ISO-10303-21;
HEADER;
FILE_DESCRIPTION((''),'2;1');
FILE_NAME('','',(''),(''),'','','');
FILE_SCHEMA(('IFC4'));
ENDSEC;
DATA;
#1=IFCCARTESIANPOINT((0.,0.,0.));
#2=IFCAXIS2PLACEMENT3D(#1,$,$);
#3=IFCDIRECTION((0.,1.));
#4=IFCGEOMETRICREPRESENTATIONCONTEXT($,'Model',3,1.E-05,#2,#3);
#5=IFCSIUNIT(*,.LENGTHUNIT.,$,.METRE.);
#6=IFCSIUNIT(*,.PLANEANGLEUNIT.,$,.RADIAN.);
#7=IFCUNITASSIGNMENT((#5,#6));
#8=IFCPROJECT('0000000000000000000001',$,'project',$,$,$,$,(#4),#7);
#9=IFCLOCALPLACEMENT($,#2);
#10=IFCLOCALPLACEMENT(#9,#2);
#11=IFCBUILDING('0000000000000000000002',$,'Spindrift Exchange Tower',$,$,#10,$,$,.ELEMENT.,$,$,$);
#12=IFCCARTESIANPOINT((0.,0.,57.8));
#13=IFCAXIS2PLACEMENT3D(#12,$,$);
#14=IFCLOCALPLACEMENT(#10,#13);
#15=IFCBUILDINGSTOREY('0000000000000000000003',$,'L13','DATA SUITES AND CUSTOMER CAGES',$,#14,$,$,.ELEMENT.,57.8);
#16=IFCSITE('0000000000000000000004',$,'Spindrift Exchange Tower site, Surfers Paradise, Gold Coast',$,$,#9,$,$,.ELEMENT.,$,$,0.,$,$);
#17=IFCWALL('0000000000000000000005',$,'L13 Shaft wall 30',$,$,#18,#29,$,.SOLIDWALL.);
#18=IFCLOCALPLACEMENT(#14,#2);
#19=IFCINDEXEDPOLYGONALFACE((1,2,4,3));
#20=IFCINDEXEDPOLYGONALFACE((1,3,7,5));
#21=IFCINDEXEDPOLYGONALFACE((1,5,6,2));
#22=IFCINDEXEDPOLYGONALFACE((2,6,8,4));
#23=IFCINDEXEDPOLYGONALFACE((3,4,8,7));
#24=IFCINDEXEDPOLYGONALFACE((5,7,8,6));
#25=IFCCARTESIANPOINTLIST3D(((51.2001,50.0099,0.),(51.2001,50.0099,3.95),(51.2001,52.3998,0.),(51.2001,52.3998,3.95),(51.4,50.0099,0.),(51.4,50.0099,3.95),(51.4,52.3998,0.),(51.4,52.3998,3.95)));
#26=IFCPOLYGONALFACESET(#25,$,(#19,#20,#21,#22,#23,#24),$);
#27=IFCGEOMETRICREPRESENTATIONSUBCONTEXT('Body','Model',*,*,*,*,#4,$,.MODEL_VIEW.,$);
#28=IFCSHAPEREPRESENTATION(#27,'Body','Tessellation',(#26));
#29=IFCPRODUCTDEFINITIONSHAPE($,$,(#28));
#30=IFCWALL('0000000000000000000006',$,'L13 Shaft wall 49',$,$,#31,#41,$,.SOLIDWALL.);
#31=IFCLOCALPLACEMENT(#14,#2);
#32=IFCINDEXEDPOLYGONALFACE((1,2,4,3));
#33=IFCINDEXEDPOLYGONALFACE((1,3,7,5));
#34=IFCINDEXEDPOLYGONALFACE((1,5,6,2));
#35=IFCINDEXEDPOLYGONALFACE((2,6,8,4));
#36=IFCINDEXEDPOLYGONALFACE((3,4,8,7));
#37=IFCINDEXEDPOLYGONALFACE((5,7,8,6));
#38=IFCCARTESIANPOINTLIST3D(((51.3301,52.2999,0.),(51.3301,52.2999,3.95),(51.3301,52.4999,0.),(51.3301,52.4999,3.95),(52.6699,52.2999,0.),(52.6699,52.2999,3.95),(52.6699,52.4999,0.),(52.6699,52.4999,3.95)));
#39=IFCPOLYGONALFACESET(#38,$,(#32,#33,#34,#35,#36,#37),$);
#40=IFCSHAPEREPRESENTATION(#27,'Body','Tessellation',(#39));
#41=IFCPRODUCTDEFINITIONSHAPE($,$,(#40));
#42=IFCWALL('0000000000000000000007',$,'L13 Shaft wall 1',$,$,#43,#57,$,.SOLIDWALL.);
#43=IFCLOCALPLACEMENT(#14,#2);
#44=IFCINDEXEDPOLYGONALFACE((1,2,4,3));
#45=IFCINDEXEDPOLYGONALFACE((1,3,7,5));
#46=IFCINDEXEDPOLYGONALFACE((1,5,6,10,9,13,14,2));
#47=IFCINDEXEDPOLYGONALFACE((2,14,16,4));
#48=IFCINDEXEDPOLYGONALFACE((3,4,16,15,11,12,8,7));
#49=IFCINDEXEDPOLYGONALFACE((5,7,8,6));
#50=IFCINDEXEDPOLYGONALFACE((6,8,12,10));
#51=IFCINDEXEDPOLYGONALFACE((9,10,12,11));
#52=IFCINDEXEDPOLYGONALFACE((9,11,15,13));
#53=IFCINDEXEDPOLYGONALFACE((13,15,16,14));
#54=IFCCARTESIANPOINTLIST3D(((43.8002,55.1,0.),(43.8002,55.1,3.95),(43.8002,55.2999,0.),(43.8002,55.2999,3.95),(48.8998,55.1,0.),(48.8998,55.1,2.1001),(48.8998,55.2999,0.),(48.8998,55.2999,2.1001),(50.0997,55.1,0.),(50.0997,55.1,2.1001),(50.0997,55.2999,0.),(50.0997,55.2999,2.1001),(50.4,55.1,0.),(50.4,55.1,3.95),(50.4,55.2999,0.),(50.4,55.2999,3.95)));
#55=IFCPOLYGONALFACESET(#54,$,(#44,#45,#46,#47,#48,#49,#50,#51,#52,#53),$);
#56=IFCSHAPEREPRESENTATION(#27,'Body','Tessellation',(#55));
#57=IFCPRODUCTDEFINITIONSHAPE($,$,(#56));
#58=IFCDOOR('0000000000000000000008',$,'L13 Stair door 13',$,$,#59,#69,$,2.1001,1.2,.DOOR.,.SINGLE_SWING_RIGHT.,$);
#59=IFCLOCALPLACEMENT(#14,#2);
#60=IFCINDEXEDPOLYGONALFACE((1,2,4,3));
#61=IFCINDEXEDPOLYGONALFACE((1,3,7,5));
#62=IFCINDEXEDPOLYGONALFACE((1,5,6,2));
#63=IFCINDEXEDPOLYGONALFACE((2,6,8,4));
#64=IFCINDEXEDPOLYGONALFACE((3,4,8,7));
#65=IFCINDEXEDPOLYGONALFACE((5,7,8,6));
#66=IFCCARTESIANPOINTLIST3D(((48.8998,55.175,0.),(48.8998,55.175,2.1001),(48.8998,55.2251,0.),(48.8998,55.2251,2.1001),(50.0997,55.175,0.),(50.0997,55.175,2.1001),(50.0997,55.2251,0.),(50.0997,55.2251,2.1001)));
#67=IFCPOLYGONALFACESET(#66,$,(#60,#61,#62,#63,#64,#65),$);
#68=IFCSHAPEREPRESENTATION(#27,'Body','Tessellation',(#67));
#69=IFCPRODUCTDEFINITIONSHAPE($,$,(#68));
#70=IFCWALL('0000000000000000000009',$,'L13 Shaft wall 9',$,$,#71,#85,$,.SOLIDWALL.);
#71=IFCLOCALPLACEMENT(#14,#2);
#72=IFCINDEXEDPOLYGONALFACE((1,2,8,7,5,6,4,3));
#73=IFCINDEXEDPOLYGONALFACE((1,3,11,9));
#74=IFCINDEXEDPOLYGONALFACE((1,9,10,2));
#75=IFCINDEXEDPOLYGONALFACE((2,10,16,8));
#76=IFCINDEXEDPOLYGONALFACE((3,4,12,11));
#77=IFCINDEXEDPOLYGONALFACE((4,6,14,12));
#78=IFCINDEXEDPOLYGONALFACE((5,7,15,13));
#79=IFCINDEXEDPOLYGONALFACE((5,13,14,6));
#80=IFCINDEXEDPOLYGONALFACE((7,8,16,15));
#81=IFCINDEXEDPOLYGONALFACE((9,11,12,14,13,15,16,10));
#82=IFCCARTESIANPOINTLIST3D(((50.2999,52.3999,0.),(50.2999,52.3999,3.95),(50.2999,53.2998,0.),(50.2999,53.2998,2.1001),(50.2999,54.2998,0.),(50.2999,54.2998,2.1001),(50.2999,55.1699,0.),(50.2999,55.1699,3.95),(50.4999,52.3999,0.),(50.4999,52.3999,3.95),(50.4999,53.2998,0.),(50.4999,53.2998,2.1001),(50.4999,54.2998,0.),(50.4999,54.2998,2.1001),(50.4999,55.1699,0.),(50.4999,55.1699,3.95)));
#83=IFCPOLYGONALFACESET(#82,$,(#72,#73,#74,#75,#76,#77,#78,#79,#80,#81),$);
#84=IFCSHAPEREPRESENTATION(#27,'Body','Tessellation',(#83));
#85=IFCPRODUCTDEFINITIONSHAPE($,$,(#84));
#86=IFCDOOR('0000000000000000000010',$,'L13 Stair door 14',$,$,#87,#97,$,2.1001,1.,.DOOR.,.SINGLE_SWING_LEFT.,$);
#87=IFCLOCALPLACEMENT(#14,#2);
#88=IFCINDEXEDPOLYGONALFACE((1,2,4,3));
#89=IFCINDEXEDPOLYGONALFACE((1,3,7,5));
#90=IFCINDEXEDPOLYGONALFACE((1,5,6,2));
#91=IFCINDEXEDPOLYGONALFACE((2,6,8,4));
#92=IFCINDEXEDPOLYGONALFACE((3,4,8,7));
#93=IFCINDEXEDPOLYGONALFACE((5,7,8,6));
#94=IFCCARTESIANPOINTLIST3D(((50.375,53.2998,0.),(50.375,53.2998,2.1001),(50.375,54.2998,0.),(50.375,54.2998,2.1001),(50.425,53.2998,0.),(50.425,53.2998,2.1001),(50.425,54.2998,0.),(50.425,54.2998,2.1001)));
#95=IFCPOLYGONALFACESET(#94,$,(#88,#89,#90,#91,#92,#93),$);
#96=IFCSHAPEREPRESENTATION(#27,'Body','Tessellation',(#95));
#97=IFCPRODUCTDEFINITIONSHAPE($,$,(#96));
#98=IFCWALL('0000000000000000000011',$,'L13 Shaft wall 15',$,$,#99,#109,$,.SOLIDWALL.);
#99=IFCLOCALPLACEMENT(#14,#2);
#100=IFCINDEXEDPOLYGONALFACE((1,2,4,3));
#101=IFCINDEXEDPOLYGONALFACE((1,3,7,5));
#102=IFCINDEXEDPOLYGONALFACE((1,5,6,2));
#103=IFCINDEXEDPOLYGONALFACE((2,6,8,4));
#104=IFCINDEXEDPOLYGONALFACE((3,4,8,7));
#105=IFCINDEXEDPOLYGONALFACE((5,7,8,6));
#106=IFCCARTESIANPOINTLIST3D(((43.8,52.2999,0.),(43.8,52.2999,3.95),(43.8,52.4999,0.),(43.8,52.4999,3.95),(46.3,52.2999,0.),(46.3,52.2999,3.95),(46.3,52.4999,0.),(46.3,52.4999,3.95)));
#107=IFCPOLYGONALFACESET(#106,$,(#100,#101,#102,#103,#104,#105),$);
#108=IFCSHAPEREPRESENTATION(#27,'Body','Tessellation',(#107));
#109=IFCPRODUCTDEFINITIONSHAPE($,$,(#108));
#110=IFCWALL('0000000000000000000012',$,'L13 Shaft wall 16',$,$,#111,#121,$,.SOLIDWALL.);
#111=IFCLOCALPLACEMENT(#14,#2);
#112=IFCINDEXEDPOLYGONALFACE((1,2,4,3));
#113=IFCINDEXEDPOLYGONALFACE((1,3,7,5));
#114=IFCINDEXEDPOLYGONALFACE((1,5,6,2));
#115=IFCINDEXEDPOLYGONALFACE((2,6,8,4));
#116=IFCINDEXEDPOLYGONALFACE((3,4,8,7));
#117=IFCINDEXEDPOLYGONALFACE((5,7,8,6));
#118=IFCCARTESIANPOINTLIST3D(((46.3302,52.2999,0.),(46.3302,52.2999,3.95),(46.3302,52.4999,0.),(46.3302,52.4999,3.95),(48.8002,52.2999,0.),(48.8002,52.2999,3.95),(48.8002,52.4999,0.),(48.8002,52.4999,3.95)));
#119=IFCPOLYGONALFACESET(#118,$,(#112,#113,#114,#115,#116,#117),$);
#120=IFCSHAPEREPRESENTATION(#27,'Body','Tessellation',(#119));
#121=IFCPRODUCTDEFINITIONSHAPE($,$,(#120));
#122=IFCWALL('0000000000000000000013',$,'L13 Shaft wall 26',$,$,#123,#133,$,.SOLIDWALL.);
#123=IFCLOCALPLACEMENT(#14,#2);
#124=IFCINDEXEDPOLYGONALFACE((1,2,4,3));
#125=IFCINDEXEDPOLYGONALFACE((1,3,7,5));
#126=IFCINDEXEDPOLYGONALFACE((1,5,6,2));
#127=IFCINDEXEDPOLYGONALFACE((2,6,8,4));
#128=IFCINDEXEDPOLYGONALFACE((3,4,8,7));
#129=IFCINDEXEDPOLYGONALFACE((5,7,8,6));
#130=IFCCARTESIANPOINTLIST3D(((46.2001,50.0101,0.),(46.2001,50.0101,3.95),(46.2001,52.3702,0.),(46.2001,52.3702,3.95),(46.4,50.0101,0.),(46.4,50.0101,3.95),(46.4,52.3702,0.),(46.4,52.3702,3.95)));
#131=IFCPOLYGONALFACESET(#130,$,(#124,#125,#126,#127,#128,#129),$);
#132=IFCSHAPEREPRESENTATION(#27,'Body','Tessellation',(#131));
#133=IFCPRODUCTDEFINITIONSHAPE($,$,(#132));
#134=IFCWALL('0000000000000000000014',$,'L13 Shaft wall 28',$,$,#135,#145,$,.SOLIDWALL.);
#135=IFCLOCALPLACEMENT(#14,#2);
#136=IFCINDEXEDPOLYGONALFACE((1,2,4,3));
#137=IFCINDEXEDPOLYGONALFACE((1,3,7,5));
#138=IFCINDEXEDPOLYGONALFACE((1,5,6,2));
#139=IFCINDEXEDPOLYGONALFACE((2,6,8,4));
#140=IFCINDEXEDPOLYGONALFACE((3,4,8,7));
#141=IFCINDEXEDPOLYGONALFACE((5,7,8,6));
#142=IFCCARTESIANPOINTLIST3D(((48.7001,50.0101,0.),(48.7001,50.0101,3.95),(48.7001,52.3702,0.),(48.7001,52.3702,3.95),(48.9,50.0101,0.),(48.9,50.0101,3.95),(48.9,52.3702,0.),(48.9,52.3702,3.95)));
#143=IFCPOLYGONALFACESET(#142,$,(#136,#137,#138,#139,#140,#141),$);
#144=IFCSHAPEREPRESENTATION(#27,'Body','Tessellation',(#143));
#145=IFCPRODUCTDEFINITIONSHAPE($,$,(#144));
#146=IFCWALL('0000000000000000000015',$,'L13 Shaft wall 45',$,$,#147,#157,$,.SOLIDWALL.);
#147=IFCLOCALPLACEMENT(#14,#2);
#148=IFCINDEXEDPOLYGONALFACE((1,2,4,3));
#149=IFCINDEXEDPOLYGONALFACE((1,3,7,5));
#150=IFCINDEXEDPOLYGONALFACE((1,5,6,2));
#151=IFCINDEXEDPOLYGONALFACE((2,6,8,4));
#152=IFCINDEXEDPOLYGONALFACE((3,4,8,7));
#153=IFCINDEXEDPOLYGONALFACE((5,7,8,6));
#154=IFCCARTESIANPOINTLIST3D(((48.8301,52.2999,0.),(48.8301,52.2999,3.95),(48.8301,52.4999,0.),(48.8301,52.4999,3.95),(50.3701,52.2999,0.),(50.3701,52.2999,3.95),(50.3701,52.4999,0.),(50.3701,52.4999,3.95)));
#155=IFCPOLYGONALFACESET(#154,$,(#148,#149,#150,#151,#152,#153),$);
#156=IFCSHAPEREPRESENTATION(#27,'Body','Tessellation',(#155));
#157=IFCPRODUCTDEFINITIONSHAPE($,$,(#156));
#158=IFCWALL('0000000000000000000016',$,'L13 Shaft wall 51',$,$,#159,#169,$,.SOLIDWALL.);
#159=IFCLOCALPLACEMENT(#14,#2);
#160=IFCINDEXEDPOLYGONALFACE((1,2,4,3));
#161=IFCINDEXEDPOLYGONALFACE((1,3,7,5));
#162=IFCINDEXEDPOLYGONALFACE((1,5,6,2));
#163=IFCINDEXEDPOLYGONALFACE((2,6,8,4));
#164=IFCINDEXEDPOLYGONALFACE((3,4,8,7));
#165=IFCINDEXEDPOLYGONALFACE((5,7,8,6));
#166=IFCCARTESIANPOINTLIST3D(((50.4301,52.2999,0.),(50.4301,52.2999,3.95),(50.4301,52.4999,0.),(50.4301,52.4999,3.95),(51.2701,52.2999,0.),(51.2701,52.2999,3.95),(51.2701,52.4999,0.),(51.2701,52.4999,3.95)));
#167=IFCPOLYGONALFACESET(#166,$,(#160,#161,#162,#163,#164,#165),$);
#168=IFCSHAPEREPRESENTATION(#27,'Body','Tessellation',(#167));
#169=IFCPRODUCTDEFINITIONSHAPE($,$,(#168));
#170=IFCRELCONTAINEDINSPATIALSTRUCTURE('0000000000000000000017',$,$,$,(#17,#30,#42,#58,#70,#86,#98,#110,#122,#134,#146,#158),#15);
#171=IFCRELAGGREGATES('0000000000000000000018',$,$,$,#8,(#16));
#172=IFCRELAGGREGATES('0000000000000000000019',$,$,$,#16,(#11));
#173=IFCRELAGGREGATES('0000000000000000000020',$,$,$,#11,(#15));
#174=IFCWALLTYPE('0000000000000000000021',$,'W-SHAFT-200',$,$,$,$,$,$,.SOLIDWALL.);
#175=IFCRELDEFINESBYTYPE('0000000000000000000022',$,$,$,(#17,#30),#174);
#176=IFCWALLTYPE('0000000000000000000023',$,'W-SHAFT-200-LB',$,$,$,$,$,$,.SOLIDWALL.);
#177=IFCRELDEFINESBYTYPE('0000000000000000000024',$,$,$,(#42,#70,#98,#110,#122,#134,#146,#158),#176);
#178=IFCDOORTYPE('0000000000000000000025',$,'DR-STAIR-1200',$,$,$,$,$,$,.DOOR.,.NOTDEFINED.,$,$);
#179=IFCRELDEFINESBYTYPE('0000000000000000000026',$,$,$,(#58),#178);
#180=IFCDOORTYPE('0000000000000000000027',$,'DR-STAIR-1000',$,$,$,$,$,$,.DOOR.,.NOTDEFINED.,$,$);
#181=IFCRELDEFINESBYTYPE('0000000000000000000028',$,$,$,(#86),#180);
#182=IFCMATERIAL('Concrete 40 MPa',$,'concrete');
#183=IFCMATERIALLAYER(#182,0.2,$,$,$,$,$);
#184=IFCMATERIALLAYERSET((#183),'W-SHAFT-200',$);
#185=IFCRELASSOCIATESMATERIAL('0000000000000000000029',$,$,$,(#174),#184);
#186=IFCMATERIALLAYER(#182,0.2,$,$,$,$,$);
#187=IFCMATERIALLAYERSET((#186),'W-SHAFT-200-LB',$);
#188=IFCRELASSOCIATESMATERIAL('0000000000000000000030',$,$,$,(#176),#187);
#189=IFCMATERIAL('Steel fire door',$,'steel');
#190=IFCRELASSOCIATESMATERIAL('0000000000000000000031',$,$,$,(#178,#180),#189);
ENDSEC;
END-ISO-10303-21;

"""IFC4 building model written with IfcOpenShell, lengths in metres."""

from ifc_helpers import new_model, si_unit, direction, frame, frame_2d, origin, place, context, subcontext, project, spatial, rectangle, extrude, source, transform, mapped, material, layer, layer_set, type_object, element, fill, save


model = new_model("IFC4")

# Units and contexts
model_context = context("Model", 3, precision=1e-05, world=origin(), true_north=direction((0.0, 1.0)))
body_context = subcontext(model_context, "Body", "Model", "MODEL_VIEW")
ifc_project = project(units=[si_unit("LENGTHUNIT", "METRE"), si_unit("PLANEANGLEUNIT", "RADIAN")], contexts=[model_context])

# Site, building, storey
site_placement = place(None, origin())
site = spatial("IfcSite", under=ifc_project, at=site_placement, Name="Spindrift Exchange Tower site, Surfers Paradise, Gold Coast", CompositionType="ELEMENT", RefElevation=0.0)
building_placement = place(site_placement, origin())
building = spatial("IfcBuilding", under=site, at=building_placement, Name="Spindrift Exchange Tower", CompositionType="ELEMENT")
storey_placement = place(building_placement, frame((0.0, 0.0, 57.8)))
storey = spatial("IfcBuildingStorey", under=building, at=storey_placement, Name="L13", Description="DATA SUITES AND CUSTOMER CAGES", CompositionType="ELEMENT", Elevation=57.8)

# Walls
ifc_material_1 = material(Name="Concrete 40 MPa", Category="concrete")
ifc_layer_1 = layer(ifc_material_1, 0.2)
ifc_layer_set_1 = layer_set([ifc_layer_1], Name="W-SHAFT-200")
wall_type_1 = type_object("IfcWallType", Name="W-SHAFT-200", PredefinedType="SOLIDWALL", material=ifc_layer_set_1)
wall_1_placement = place(storey_placement, frame((51.3, 50.01, 0.0), z_axis=(0.0, 0.0, 1.0), x_axis=(0.0, 1.0, 0.0)))
element("IfcWall", 1, at=wall_1_placement, inside=storey, type_object=wall_type_1, Name="L13 Shaft wall 30", PredefinedType="SOLIDWALL", context=body_context, shape_type="SweptSolid", body=[
    extrude(rectangle(XDim=2.3899, YDim=0.2, at=frame_2d((1.1948, 0.0))), origin(), (0.0, 0.0, 1.0), 3.95),
])
wall_2_placement = place(storey_placement, frame((51.3301, 52.3999, 0.0), z_axis=(0.0, 0.0, 1.0), x_axis=(1.0, 0.0, 0.0)))
element("IfcWall", 2, at=wall_2_placement, inside=storey, type_object=wall_type_1, Name="L13 Shaft wall 49", PredefinedType="SOLIDWALL", context=body_context, shape_type="SweptSolid", body=[
    extrude(rectangle(XDim=1.3398, YDim=0.2, at=frame_2d((0.6699, 0.0))), origin(), (0.0, 0.0, 1.0), 3.95),
])

# Walls, openings, doors
ifc_layer_2 = layer(ifc_material_1, 0.2)
ifc_layer_set_2 = layer_set([ifc_layer_2], Name="W-SHAFT-200-LB")
wall_type_2 = type_object("IfcWallType", Name="W-SHAFT-200-LB", PredefinedType="SOLIDWALL", material=ifc_layer_set_2)
wall_3_placement = place(storey_placement, frame((50.3999, 55.2, 0.0), z_axis=(0.0, 0.0, 1.0), x_axis=(-1.0, 0.0, 0.0)))
wall_3 = element("IfcWall", 3, at=wall_3_placement, inside=storey, type_object=wall_type_2, Name="L13 Shaft wall 1", PredefinedType="SOLIDWALL", context=body_context, shape_type="SweptSolid", body=[
    extrude(rectangle(XDim=6.5999, YDim=0.2, at=frame_2d((3.2998, 0.0))), origin(), (0.0, 0.0, 1.0), 3.95),
])
opening_1_placement = place(wall_3_placement, frame((0.3, 0.0, 0.0)))
opening_1 = element("IfcOpeningElement", 4, at=opening_1_placement, cuts=wall_3, PredefinedType="OPENING", context=body_context, shape_type="SweptSolid", body=[
    extrude(rectangle(XDim=1.2, YDim=2.1001, at=frame_2d((0.6001, 1.05))), frame((0.0, 0.1099, 0.0), z_axis=(0.0, -1.0, 0.0), x_axis=(1.0, 0.0, 0.0)), (0.0, 0.0, 1.0), 0.22),
])
ifc_material_2 = material(Name="Steel fire door", Category="steel")
door_type_1 = type_object("IfcDoorType", Name="DR-STAIR-1200", OperationType="NOTDEFINED", PredefinedType="DOOR", material=ifc_material_2)
shared_shape_1 = source(origin(), body_context, "Body", "SweptSolid", [
    extrude(rectangle(XDim=1.2, YDim=2.1001, at=frame_2d((0.6001, 1.05))), frame((0.0, 0.0249, 0.0), z_axis=(0.0, -1.0, 0.0), x_axis=(1.0, 0.0, 0.0)), (0.0, 0.0, 1.0), 0.05),
])
door_1_placement = place(opening_1_placement, origin())
door_1 = element("IfcDoor", 5, at=door_1_placement, inside=storey, type_object=door_type_1, Name="L13 Stair door 13", OperationType="SINGLE_SWING_RIGHT", OverallHeight=2.1001, OverallWidth=1.2, PredefinedType="DOOR", context=body_context, shape_type="MappedRepresentation", body=[
    mapped(shared_shape_1, transform((0.0, 0.0, 0.0), scale=1.0)),
])
fill(opening_1, door_1)
wall_4_placement = place(storey_placement, frame((50.3999, 52.3999, 0.0), z_axis=(0.0, 0.0, 1.0), x_axis=(0.0, 1.0, 0.0)))
wall_4 = element("IfcWall", 6, at=wall_4_placement, inside=storey, type_object=wall_type_2, Name="L13 Shaft wall 9", PredefinedType="SOLIDWALL", context=body_context, shape_type="SweptSolid", body=[
    extrude(rectangle(XDim=2.77, YDim=0.2, at=frame_2d((1.385, 0.0))), origin(), (0.0, 0.0, 1.0), 3.95),
])
opening_2_placement = place(wall_4_placement, frame((0.8999, 0.0, 0.0)))
opening_2 = element("IfcOpeningElement", 7, at=opening_2_placement, cuts=wall_4, PredefinedType="OPENING", context=body_context, shape_type="SweptSolid", body=[
    extrude(rectangle(XDim=1.0, YDim=2.1001, at=frame_2d((0.5, 1.05))), frame((0.0, 0.1099, 0.0), z_axis=(0.0, -1.0, 0.0), x_axis=(1.0, 0.0, 0.0)), (0.0, 0.0, 1.0), 0.22),
])
door_type_2 = type_object("IfcDoorType", Name="DR-STAIR-1000", OperationType="NOTDEFINED", PredefinedType="DOOR", material=ifc_material_2)
shared_shape_2 = source(origin(), body_context, "Body", "SweptSolid", [
    extrude(rectangle(XDim=1.0, YDim=2.1001, at=frame_2d((0.5, 1.05))), frame((0.0, 0.0249, 0.0), z_axis=(0.0, -1.0, 0.0), x_axis=(1.0, 0.0, 0.0)), (0.0, 0.0, 1.0), 0.05),
])
door_2_placement = place(opening_2_placement, origin())
door_2 = element("IfcDoor", 8, at=door_2_placement, inside=storey, type_object=door_type_2, Name="L13 Stair door 14", OperationType="SINGLE_SWING_LEFT", OverallHeight=2.1001, OverallWidth=1.0, PredefinedType="DOOR", context=body_context, shape_type="MappedRepresentation", body=[
    mapped(shared_shape_2, transform((0.0, 0.0, 0.0), scale=1.0)),
])
fill(opening_2, door_2)

# Walls
wall_5_placement = place(storey_placement, frame((46.3, 52.3999, 0.0), z_axis=(0.0, 0.0, 1.0), x_axis=(-1.0, 0.0, 0.0)))
element("IfcWall", 9, at=wall_5_placement, inside=storey, type_object=wall_type_2, Name="L13 Shaft wall 15", PredefinedType="SOLIDWALL", context=body_context, shape_type="SweptSolid", body=[
    extrude(rectangle(XDim=2.5, YDim=0.2, at=frame_2d((1.25, 0.0))), origin(), (0.0, 0.0, 1.0), 3.95),
])
wall_6_placement = place(storey_placement, frame((48.8, 52.3999, 0.0), z_axis=(0.0, 0.0, 1.0), x_axis=(-1.0, 0.0, 0.0)))
element("IfcWall", 10, at=wall_6_placement, inside=storey, type_object=wall_type_2, Name="L13 Shaft wall 16", PredefinedType="SOLIDWALL", context=body_context, shape_type="SweptSolid", body=[
    extrude(rectangle(XDim=2.47, YDim=0.2, at=frame_2d((1.2349, 0.0))), origin(), (0.0, 0.0, 1.0), 3.95),
])
for number, where, z_axis, x_axis, name in (
    (11, (46.3, 50.01, 0.0), (0.0, 0.0, 1.0), (0.0, 1.0, 0.0), "L13 Shaft wall 26"),
    (12, (48.8, 50.01, 0.0), (0.0, 0.0, 1.0), (0.0, 1.0, 0.0), "L13 Shaft wall 28"),
):
    element("IfcWall", number, at=place(storey_placement, frame(where, z_axis=z_axis, x_axis=x_axis)), inside=storey, type_object=wall_type_2, Name=name, PredefinedType="SOLIDWALL", context=body_context, shape_type="SweptSolid", body=[
        extrude(rectangle(XDim=2.3601, YDim=0.2, at=frame_2d((1.1802, 0.0))), origin(), (0.0, 0.0, 1.0), 3.95),
    ])
wall_7_placement = place(storey_placement, frame((50.3701, 52.3999, 0.0), z_axis=(0.0, 0.0, 1.0), x_axis=(-1.0, 0.0, 0.0)))
element("IfcWall", 13, at=wall_7_placement, inside=storey, type_object=wall_type_2, Name="L13 Shaft wall 45", PredefinedType="SOLIDWALL", context=body_context, shape_type="SweptSolid", body=[
    extrude(rectangle(XDim=1.54, YDim=0.2, at=frame_2d((0.77, 0.0))), origin(), (0.0, 0.0, 1.0), 3.95),
])
wall_8_placement = place(storey_placement, frame((51.27, 52.3999, 0.0), z_axis=(0.0, 0.0, 1.0), x_axis=(-1.0, 0.0, 0.0)))
element("IfcWall", 14, at=wall_8_placement, inside=storey, type_object=wall_type_2, Name="L13 Shaft wall 51", PredefinedType="SOLIDWALL", context=body_context, shape_type="SweptSolid", body=[
    extrude(rectangle(XDim=0.8401, YDim=0.2, at=frame_2d((0.4199, 0.0))), origin(), (0.0, 0.0, 1.0), 3.95),
])

save(model, "model.ifc")
